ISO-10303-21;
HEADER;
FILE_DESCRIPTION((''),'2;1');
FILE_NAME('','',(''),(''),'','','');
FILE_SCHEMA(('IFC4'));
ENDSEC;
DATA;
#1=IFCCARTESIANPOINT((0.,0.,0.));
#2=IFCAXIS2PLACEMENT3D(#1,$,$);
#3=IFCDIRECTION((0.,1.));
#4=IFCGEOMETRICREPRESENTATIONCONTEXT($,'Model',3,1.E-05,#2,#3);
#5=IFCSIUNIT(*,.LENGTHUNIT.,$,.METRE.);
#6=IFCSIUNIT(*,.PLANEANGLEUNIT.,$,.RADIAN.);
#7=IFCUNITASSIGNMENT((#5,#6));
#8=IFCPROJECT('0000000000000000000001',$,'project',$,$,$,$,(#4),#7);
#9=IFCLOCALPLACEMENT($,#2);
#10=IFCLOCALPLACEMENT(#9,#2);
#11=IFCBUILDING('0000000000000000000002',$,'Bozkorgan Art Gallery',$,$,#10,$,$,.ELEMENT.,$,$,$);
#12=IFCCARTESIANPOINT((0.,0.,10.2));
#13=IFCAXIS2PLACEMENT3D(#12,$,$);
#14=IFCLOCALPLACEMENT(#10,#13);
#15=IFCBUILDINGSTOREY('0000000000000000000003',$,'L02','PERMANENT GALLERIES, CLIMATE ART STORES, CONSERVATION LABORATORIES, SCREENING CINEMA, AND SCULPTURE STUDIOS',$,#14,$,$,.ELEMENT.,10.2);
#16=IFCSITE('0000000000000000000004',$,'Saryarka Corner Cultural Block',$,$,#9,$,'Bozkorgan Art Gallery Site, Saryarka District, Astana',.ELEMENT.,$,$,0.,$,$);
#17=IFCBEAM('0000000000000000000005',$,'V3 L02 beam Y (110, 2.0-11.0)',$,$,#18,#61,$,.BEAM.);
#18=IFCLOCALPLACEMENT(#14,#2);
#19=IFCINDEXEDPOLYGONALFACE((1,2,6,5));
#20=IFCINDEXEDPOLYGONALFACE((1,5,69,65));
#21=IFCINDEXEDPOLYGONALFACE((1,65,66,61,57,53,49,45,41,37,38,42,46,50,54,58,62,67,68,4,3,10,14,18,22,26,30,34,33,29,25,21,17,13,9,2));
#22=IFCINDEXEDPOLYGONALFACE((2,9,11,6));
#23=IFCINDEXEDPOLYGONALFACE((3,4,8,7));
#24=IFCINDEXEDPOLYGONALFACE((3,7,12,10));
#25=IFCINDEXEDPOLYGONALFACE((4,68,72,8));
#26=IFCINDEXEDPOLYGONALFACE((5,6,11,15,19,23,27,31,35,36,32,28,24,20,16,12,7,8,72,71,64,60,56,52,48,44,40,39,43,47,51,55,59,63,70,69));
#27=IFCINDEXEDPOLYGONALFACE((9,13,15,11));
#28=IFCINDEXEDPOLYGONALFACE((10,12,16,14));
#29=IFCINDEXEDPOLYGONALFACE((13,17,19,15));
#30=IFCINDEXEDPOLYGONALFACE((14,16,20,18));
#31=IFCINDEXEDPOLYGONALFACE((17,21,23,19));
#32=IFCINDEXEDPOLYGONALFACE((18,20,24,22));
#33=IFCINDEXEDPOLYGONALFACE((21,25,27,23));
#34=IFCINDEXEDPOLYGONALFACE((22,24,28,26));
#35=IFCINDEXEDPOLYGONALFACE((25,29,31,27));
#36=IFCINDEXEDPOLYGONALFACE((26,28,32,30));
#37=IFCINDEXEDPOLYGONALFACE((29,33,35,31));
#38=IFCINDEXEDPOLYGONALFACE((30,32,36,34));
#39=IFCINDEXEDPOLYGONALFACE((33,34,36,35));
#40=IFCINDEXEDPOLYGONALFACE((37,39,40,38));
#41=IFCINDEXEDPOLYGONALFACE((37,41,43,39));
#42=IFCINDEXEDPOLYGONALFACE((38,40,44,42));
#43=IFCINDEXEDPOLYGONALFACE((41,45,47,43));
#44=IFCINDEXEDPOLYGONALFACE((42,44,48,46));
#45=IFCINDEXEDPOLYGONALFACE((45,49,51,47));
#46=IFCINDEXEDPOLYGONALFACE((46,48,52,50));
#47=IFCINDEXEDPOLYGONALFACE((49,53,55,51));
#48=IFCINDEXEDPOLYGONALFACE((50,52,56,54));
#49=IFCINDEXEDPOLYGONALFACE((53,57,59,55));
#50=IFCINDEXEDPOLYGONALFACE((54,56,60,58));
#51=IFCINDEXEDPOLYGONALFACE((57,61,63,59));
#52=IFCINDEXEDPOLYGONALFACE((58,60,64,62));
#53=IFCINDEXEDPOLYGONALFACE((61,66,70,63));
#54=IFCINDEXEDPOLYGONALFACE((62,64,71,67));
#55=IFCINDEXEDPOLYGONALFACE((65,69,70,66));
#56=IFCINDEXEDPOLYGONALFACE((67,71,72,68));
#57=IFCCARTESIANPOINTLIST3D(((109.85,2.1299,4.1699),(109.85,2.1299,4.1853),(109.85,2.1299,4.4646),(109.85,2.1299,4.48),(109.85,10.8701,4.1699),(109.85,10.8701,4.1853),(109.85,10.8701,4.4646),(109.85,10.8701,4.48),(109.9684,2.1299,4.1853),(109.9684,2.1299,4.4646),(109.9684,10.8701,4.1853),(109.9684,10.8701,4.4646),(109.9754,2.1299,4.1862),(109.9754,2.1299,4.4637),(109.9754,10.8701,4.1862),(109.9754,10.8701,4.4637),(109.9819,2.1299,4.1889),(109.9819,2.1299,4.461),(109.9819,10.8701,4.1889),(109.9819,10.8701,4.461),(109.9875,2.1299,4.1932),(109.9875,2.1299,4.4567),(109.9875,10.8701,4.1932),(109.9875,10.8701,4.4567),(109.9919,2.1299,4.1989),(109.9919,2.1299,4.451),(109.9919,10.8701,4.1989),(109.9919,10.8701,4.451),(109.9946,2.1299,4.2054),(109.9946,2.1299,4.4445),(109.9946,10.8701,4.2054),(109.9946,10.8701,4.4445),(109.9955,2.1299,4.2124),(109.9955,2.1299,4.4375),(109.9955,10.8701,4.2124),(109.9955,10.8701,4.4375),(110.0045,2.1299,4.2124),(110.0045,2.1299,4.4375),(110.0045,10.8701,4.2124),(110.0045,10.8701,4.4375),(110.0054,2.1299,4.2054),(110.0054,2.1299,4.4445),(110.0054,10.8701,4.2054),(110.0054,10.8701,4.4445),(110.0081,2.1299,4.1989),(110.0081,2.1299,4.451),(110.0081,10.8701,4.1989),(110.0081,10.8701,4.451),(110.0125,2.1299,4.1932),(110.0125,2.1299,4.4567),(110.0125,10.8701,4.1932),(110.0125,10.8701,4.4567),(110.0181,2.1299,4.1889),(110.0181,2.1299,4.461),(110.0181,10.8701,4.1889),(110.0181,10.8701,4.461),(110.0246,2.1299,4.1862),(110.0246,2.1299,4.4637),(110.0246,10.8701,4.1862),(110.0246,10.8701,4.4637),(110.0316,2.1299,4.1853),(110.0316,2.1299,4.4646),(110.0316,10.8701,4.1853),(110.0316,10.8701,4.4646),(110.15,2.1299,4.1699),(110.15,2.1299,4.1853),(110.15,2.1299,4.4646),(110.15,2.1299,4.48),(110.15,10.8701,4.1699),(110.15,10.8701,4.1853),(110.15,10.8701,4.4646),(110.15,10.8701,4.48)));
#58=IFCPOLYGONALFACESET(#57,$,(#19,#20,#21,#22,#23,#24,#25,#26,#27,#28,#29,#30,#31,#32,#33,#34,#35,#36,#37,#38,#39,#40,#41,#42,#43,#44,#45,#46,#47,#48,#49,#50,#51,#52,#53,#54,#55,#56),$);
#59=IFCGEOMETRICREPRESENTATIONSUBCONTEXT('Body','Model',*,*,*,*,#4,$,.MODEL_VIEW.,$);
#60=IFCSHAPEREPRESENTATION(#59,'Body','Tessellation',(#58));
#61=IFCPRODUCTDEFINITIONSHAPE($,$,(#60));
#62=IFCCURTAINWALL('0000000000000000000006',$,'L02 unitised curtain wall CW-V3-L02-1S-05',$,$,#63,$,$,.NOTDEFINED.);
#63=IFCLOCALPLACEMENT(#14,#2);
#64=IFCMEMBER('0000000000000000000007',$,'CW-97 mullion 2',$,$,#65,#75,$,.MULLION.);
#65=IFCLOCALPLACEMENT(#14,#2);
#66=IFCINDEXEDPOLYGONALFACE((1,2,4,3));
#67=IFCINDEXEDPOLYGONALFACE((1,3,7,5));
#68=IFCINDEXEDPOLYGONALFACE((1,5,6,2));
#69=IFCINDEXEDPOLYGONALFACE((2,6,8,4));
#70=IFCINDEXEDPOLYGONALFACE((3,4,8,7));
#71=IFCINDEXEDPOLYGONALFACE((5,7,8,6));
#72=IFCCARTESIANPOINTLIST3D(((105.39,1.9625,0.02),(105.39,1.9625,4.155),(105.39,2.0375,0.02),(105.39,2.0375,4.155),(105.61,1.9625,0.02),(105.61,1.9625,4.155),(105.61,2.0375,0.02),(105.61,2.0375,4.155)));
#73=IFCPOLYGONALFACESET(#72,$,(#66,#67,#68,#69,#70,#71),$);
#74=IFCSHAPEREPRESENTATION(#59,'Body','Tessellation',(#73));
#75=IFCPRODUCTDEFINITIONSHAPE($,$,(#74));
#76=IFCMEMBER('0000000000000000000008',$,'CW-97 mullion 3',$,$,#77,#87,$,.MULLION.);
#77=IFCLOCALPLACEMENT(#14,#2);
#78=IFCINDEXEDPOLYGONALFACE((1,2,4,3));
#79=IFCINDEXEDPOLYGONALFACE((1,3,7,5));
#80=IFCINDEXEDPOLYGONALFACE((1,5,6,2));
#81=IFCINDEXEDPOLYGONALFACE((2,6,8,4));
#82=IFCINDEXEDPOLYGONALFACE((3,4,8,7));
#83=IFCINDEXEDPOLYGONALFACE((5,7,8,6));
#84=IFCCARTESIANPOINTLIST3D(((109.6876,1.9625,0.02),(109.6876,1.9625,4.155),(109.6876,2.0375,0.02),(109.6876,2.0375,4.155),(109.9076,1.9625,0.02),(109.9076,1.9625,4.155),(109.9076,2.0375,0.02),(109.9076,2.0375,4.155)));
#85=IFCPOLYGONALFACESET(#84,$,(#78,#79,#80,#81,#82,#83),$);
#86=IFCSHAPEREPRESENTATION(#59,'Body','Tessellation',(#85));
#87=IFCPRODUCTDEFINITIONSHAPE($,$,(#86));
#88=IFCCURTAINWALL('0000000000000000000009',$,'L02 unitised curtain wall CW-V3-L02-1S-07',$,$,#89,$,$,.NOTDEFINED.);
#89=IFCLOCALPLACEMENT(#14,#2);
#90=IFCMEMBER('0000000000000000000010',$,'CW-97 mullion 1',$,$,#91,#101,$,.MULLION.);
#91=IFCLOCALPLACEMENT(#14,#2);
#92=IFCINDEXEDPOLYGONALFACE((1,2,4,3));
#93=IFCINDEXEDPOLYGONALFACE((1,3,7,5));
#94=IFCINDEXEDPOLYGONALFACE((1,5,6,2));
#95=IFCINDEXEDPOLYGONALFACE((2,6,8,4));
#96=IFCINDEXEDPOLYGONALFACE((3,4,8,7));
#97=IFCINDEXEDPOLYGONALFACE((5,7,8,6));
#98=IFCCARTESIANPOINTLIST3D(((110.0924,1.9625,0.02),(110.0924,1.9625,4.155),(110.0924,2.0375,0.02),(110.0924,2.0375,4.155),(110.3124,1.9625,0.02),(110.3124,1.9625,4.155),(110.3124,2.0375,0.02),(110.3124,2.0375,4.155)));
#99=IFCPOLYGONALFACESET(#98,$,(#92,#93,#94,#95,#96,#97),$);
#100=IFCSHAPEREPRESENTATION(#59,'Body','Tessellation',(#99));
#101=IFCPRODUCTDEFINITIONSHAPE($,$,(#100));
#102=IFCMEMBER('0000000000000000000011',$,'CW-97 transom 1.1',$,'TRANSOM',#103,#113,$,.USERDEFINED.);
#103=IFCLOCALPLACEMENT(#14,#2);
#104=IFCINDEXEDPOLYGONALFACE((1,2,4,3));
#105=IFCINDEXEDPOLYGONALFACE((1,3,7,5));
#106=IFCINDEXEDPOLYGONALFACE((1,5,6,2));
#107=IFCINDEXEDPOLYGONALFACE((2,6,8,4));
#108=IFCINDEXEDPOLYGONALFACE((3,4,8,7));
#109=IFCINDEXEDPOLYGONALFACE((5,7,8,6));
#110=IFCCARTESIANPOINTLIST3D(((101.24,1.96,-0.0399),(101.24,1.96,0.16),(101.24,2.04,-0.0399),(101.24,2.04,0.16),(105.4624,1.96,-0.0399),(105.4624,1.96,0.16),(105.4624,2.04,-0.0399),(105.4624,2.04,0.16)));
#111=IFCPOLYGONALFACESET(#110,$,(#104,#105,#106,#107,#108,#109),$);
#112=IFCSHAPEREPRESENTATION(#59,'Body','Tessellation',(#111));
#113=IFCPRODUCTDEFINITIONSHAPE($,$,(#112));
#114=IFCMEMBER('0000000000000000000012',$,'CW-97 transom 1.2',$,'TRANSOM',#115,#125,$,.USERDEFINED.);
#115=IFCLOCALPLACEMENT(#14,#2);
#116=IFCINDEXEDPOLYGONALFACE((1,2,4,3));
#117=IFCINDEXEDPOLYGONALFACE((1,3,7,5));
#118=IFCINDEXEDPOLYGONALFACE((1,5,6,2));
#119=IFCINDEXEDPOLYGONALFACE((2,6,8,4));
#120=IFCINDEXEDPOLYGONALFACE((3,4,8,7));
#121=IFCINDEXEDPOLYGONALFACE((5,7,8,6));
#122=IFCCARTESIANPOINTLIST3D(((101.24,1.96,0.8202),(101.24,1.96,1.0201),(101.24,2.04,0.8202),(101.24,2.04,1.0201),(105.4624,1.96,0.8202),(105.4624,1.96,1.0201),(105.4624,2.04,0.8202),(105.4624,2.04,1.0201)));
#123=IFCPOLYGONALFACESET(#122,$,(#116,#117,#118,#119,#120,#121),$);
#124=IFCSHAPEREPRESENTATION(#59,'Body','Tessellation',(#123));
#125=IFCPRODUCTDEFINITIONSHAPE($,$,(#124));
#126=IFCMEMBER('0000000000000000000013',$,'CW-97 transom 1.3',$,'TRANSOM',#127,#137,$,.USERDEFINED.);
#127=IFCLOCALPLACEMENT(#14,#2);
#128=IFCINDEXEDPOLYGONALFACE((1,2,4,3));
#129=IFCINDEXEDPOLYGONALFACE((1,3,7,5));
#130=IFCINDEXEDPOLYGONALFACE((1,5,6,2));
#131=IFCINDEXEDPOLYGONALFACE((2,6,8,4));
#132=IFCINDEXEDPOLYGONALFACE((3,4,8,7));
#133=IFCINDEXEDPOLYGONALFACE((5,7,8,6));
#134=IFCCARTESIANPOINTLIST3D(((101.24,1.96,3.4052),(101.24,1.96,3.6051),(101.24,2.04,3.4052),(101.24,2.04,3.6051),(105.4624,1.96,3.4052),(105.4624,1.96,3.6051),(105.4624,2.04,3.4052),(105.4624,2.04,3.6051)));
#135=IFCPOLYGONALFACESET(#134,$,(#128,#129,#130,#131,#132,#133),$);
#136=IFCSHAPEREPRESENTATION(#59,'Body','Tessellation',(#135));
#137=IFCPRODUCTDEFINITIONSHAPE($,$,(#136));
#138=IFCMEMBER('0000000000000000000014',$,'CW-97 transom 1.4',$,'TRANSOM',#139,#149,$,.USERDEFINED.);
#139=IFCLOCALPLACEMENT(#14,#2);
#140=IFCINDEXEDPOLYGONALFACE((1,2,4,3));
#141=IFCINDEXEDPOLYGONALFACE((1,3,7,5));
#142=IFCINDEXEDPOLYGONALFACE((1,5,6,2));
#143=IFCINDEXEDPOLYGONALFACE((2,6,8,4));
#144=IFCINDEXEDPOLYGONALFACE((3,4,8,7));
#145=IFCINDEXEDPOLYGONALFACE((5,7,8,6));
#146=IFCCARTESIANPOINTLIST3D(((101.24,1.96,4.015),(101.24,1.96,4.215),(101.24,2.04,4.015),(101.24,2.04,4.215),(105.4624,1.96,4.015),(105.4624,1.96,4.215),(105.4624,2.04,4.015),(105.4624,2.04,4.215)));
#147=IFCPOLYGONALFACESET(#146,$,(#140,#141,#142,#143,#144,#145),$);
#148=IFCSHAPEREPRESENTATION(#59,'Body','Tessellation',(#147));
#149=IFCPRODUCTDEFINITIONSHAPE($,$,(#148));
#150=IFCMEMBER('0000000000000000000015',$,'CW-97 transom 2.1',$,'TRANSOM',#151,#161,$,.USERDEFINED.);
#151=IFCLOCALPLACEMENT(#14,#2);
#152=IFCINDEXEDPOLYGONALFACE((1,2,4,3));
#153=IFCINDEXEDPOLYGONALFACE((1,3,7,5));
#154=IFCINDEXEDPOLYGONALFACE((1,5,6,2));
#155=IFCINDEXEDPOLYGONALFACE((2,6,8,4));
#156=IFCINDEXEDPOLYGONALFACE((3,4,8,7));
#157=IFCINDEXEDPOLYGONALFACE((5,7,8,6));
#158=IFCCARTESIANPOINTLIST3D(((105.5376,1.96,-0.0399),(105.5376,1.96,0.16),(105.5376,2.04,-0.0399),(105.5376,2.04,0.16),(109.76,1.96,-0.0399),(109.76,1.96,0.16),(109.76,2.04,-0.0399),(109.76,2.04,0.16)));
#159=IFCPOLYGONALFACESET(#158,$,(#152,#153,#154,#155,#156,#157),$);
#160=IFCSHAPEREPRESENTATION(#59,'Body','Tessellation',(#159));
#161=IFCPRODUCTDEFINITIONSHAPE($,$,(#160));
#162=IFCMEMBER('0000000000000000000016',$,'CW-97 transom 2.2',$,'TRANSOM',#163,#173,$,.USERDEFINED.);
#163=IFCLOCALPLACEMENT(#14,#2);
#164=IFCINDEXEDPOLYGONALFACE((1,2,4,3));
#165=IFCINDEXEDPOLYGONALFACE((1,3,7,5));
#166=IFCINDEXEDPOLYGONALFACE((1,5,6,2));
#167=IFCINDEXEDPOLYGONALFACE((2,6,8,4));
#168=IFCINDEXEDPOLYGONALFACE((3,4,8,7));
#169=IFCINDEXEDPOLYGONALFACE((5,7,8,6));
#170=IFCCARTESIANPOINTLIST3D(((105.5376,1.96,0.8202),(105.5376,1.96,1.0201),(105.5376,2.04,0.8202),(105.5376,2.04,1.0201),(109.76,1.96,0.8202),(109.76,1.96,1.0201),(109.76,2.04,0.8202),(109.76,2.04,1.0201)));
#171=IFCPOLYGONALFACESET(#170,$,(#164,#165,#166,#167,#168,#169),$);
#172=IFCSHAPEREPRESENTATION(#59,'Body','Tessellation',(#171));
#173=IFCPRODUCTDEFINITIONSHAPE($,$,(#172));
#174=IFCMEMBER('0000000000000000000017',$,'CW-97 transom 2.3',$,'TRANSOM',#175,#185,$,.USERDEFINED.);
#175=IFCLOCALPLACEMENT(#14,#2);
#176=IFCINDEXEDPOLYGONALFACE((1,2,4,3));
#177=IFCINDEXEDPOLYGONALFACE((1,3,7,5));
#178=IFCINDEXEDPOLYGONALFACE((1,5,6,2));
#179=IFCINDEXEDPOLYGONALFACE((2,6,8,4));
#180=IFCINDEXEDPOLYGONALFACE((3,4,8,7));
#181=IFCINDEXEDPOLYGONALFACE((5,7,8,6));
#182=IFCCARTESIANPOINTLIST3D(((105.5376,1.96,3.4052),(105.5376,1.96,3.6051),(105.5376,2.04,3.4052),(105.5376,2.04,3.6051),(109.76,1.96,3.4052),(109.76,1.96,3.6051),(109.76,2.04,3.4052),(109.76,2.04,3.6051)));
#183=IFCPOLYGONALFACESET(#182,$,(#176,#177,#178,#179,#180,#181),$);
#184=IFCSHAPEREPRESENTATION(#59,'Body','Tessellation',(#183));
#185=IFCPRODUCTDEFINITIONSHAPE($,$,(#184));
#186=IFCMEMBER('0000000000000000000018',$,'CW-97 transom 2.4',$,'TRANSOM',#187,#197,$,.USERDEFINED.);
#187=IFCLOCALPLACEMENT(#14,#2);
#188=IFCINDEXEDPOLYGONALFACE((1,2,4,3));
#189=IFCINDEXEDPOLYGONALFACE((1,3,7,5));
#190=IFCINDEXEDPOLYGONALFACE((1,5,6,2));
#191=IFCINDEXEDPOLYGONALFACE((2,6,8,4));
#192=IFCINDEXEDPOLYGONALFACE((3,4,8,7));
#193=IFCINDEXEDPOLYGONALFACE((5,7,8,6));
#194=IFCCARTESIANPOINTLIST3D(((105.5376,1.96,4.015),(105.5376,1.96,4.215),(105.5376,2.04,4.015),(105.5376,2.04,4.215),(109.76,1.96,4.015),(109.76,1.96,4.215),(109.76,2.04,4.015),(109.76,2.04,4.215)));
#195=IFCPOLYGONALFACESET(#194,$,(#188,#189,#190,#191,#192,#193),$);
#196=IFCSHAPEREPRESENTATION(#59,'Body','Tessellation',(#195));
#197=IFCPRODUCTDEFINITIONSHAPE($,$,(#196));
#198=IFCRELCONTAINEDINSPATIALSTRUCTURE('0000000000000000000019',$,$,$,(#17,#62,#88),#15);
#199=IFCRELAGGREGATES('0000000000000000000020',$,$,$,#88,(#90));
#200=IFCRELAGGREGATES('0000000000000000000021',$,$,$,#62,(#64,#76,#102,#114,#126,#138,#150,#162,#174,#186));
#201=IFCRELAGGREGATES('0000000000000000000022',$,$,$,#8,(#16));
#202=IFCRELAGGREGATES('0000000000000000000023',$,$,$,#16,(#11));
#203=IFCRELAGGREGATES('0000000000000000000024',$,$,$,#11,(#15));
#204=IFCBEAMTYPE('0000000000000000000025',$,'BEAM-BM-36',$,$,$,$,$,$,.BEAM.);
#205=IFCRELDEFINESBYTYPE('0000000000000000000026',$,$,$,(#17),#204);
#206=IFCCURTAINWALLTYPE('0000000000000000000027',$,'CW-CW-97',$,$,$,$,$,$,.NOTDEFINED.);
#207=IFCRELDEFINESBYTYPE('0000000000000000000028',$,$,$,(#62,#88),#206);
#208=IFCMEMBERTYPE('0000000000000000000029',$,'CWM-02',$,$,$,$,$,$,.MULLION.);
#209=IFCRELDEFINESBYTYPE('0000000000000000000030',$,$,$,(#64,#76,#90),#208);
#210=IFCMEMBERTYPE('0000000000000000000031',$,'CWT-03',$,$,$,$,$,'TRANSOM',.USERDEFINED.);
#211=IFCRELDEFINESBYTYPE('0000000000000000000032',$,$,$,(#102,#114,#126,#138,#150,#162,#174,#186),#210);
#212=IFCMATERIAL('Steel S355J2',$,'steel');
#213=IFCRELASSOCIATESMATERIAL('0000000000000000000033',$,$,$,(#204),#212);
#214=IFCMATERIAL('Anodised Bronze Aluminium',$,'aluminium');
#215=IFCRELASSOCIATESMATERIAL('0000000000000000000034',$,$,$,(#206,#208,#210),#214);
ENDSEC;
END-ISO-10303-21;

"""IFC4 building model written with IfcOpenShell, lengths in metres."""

from ifc_helpers import new_model, si_unit, direction, frame, origin, origin_2d, place, context, subcontext, project, spatial, rectangle, i_section, extrude, material, material_profile, profile_set, type_object, element, aggregate, save


model = new_model("IFC4")

# Units and contexts
model_context = context("Model", 3, precision=1e-05, world=origin(), true_north=direction((0.0, 1.0)))
body_context = subcontext(model_context, "Body", "Model", "MODEL_VIEW")
ifc_project = project(units=[si_unit("LENGTHUNIT", "METRE"), si_unit("PLANEANGLEUNIT", "RADIAN")], contexts=[model_context])

# Site, building, storey
site_placement = place(None, origin())
site = spatial("IfcSite", under=ifc_project, at=site_placement, Name="Saryarka Corner Cultural Block", LongName="Bozkorgan Art Gallery Site, Saryarka District, Astana", CompositionType="ELEMENT", RefElevation=0.0)
building_placement = place(site_placement, origin())
building = spatial("IfcBuilding", under=site, at=building_placement, Name="Bozkorgan Art Gallery", CompositionType="ELEMENT")
storey_placement = place(building_placement, frame((0.0, 0.0, 10.2)))
storey = spatial("IfcBuildingStorey", under=building, at=storey_placement, Name="L02", Description="PERMANENT GALLERIES, CLIMATE ART STORES, CONSERVATION LABORATORIES, SCREENING CINEMA, AND SCULPTURE STUDIOS", CompositionType="ELEMENT", Elevation=10.2)

# Shared definitions
ifc_material_1 = material(Name="Steel S355J2", Category="steel")

# Beam
ifc_material_profile_1 = material_profile(ifc_material_1, i_section(OverallWidth=0.3, OverallDepth=0.3101, WebThickness=0.009, FlangeThickness=0.0154, FilletRadius=0.0271, at=origin_2d()), Name="HEA 320")
ifc_profile_set_1 = profile_set([ifc_material_profile_1], Name="Steel S355J2")
beam_type = type_object("IfcBeamType", Name="BEAM-BM-36", PredefinedType="BEAM", material=ifc_profile_set_1)
for number, where, z_axis, x_axis, name in (
    (1, (110.0, 2.1299, 4.325), (0.0, 1.0, 0.0), (-1.0, 0.0, 0.0), "V3 L02 beam Y (110, 2.0-11.0)"),
):
    element("IfcBeam", number, at=place(storey_placement, frame(where, z_axis=z_axis, x_axis=x_axis)), inside=storey, type_object=beam_type, Name=name, PredefinedType="BEAM", context=body_context, shape_type="SweptSolid", body=[
        extrude(i_section(OverallWidth=0.3, OverallDepth=0.3101, WebThickness=0.009, FlangeThickness=0.0154, FilletRadius=0.0271, at=origin_2d()), origin(), (0.0, 0.0, 1.0), 8.7402),
    ])

# Curtain wall, members
ifc_material_2 = material(Name="Anodised Bronze Aluminium", Category="aluminium")
curtain_wall_type = type_object("IfcCurtainWallType", Name="CW-CW-97", PredefinedType="NOTDEFINED", material=ifc_material_2)
curtain_wall_1_placement = place(storey_placement, origin())
curtain_wall_1 = element("IfcCurtainWall", 2, at=curtain_wall_1_placement, inside=storey, type_object=curtain_wall_type, Name="L02 unitised curtain wall CW-V3-L02-1S-05", PredefinedType="NOTDEFINED")
ifc_material_profile_2 = material_profile(ifc_material_2, rectangle(XDim=0.075, YDim=0.22, at=origin_2d()), Name="ALU MULLION 75x220")
ifc_profile_set_2 = profile_set([ifc_material_profile_2], Name="Anodised Bronze Aluminium")
member_type_1 = type_object("IfcMemberType", Name="CWM-02", PredefinedType="MULLION", material=ifc_profile_set_2)
member_1_placement = place(storey_placement, frame((105.5, 2.0, 0.02), z_axis=(0.0, 0.0, 1.0), x_axis=(0.0, 1.0, 0.0)))
member_1 = element("IfcMember", 3, at=member_1_placement, type_object=member_type_1, Name="CW-97 mullion 2", PredefinedType="MULLION", context=body_context, shape_type="SweptSolid", body=[
    extrude(rectangle(XDim=0.075, YDim=0.22, at=origin_2d()), origin(), (0.0, 0.0, 1.0), 4.135),
])
member_2_placement = place(storey_placement, frame((109.7976, 2.0, 0.02), z_axis=(0.0, 0.0, 1.0), x_axis=(0.0, 1.0, 0.0)))
member_2 = element("IfcMember", 4, at=member_2_placement, type_object=member_type_1, Name="CW-97 mullion 3", PredefinedType="MULLION", context=body_context, shape_type="SweptSolid", body=[
    extrude(rectangle(XDim=0.075, YDim=0.22, at=origin_2d()), origin(), (0.0, 0.0, 1.0), 4.135),
])

# Curtain wall, member
curtain_wall_2_placement = place(storey_placement, origin())
curtain_wall_2 = element("IfcCurtainWall", 5, at=curtain_wall_2_placement, inside=storey, type_object=curtain_wall_type, Name="L02 unitised curtain wall CW-V3-L02-1S-07", PredefinedType="NOTDEFINED")
member_3_placement = place(storey_placement, frame((110.2024, 2.0, 0.02), z_axis=(0.0, 0.0, 1.0), x_axis=(0.0, 1.0, 0.0)))
member_3 = element("IfcMember", 6, at=member_3_placement, type_object=member_type_1, Name="CW-97 mullion 1", PredefinedType="MULLION", context=body_context, shape_type="SweptSolid", body=[
    extrude(rectangle(XDim=0.075, YDim=0.22, at=origin_2d()), origin(), (0.0, 0.0, 1.0), 4.135),
])
aggregate(curtain_wall_2, [member_3])

# Members
ifc_material_profile_3 = material_profile(ifc_material_2, rectangle(XDim=0.0801, YDim=0.2, at=origin_2d()), Name="ALU TRANSOM 80x200")
ifc_profile_set_3 = profile_set([ifc_material_profile_3], Name="Anodised Bronze Aluminium")
member_type_2 = type_object("IfcMemberType", Name="CWT-03", ElementType="TRANSOM", PredefinedType="USERDEFINED", material=ifc_profile_set_3)
member_4_placement = place(storey_placement, frame((101.24, 2.0, 0.0601), z_axis=(1.0, 0.0, 0.0), x_axis=(0.0, 1.0, 0.0)))
member_4 = element("IfcMember", 7, at=member_4_placement, type_object=member_type_2, Name="CW-97 transom 1.1", ObjectType="TRANSOM", PredefinedType="USERDEFINED", context=body_context, shape_type="SweptSolid", body=[
    extrude(rectangle(XDim=0.0801, YDim=0.2, at=origin_2d()), origin(), (0.0, 0.0, 1.0), 4.2224),
])
member_5_placement = place(storey_placement, frame((101.24, 2.0, 0.9202), z_axis=(1.0, 0.0, 0.0), x_axis=(0.0, 1.0, 0.0)))
member_5 = element("IfcMember", 8, at=member_5_placement, type_object=member_type_2, Name="CW-97 transom 1.2", ObjectType="TRANSOM", PredefinedType="USERDEFINED", context=body_context, shape_type="SweptSolid", body=[
    extrude(rectangle(XDim=0.0801, YDim=0.2, at=origin_2d()), origin(), (0.0, 0.0, 1.0), 4.2224),
])
member_6_placement = place(storey_placement, frame((101.24, 2.0, 3.5051), z_axis=(1.0, 0.0, 0.0), x_axis=(0.0, 1.0, 0.0)))
member_6 = element("IfcMember", 9, at=member_6_placement, type_object=member_type_2, Name="CW-97 transom 1.3", ObjectType="TRANSOM", PredefinedType="USERDEFINED", context=body_context, shape_type="SweptSolid", body=[
    extrude(rectangle(XDim=0.0801, YDim=0.2, at=origin_2d()), origin(), (0.0, 0.0, 1.0), 4.2224),
])
member_7_placement = place(storey_placement, frame((101.24, 2.0, 4.115), z_axis=(1.0, 0.0, 0.0), x_axis=(0.0, 1.0, 0.0)))
member_7 = element("IfcMember", 10, at=member_7_placement, type_object=member_type_2, Name="CW-97 transom 1.4", ObjectType="TRANSOM", PredefinedType="USERDEFINED", context=body_context, shape_type="SweptSolid", body=[
    extrude(rectangle(XDim=0.0801, YDim=0.2, at=origin_2d()), origin(), (0.0, 0.0, 1.0), 4.2224),
])
member_8_placement = place(storey_placement, frame((105.5376, 2.0, 0.0601), z_axis=(1.0, 0.0, 0.0), x_axis=(0.0, 1.0, 0.0)))
member_8 = element("IfcMember", 11, at=member_8_placement, type_object=member_type_2, Name="CW-97 transom 2.1", ObjectType="TRANSOM", PredefinedType="USERDEFINED", context=body_context, shape_type="SweptSolid", body=[
    extrude(rectangle(XDim=0.0801, YDim=0.2, at=origin_2d()), origin(), (0.0, 0.0, 1.0), 4.2224),
])
member_9_placement = place(storey_placement, frame((105.5376, 2.0, 0.9202), z_axis=(1.0, 0.0, 0.0), x_axis=(0.0, 1.0, 0.0)))
member_9 = element("IfcMember", 12, at=member_9_placement, type_object=member_type_2, Name="CW-97 transom 2.2", ObjectType="TRANSOM", PredefinedType="USERDEFINED", context=body_context, shape_type="SweptSolid", body=[
    extrude(rectangle(XDim=0.0801, YDim=0.2, at=origin_2d()), origin(), (0.0, 0.0, 1.0), 4.2224),
])
member_10_placement = place(storey_placement, frame((105.5376, 2.0, 3.5051), z_axis=(1.0, 0.0, 0.0), x_axis=(0.0, 1.0, 0.0)))
member_10 = element("IfcMember", 13, at=member_10_placement, type_object=member_type_2, Name="CW-97 transom 2.3", ObjectType="TRANSOM", PredefinedType="USERDEFINED", context=body_context, shape_type="SweptSolid", body=[
    extrude(rectangle(XDim=0.0801, YDim=0.2, at=origin_2d()), origin(), (0.0, 0.0, 1.0), 4.2224),
])
member_11_placement = place(storey_placement, frame((105.5376, 2.0, 4.115), z_axis=(1.0, 0.0, 0.0), x_axis=(0.0, 1.0, 0.0)))
member_11 = element("IfcMember", 14, at=member_11_placement, type_object=member_type_2, Name="CW-97 transom 2.4", ObjectType="TRANSOM", PredefinedType="USERDEFINED", context=body_context, shape_type="SweptSolid", body=[
    extrude(rectangle(XDim=0.0801, YDim=0.2, at=origin_2d()), origin(), (0.0, 0.0, 1.0), 4.2224),
])

aggregate(curtain_wall_1, [member_1, member_2, member_4, member_5, member_6, member_7, member_8, member_9, member_10, member_11])

save(model, "model.ifc")
